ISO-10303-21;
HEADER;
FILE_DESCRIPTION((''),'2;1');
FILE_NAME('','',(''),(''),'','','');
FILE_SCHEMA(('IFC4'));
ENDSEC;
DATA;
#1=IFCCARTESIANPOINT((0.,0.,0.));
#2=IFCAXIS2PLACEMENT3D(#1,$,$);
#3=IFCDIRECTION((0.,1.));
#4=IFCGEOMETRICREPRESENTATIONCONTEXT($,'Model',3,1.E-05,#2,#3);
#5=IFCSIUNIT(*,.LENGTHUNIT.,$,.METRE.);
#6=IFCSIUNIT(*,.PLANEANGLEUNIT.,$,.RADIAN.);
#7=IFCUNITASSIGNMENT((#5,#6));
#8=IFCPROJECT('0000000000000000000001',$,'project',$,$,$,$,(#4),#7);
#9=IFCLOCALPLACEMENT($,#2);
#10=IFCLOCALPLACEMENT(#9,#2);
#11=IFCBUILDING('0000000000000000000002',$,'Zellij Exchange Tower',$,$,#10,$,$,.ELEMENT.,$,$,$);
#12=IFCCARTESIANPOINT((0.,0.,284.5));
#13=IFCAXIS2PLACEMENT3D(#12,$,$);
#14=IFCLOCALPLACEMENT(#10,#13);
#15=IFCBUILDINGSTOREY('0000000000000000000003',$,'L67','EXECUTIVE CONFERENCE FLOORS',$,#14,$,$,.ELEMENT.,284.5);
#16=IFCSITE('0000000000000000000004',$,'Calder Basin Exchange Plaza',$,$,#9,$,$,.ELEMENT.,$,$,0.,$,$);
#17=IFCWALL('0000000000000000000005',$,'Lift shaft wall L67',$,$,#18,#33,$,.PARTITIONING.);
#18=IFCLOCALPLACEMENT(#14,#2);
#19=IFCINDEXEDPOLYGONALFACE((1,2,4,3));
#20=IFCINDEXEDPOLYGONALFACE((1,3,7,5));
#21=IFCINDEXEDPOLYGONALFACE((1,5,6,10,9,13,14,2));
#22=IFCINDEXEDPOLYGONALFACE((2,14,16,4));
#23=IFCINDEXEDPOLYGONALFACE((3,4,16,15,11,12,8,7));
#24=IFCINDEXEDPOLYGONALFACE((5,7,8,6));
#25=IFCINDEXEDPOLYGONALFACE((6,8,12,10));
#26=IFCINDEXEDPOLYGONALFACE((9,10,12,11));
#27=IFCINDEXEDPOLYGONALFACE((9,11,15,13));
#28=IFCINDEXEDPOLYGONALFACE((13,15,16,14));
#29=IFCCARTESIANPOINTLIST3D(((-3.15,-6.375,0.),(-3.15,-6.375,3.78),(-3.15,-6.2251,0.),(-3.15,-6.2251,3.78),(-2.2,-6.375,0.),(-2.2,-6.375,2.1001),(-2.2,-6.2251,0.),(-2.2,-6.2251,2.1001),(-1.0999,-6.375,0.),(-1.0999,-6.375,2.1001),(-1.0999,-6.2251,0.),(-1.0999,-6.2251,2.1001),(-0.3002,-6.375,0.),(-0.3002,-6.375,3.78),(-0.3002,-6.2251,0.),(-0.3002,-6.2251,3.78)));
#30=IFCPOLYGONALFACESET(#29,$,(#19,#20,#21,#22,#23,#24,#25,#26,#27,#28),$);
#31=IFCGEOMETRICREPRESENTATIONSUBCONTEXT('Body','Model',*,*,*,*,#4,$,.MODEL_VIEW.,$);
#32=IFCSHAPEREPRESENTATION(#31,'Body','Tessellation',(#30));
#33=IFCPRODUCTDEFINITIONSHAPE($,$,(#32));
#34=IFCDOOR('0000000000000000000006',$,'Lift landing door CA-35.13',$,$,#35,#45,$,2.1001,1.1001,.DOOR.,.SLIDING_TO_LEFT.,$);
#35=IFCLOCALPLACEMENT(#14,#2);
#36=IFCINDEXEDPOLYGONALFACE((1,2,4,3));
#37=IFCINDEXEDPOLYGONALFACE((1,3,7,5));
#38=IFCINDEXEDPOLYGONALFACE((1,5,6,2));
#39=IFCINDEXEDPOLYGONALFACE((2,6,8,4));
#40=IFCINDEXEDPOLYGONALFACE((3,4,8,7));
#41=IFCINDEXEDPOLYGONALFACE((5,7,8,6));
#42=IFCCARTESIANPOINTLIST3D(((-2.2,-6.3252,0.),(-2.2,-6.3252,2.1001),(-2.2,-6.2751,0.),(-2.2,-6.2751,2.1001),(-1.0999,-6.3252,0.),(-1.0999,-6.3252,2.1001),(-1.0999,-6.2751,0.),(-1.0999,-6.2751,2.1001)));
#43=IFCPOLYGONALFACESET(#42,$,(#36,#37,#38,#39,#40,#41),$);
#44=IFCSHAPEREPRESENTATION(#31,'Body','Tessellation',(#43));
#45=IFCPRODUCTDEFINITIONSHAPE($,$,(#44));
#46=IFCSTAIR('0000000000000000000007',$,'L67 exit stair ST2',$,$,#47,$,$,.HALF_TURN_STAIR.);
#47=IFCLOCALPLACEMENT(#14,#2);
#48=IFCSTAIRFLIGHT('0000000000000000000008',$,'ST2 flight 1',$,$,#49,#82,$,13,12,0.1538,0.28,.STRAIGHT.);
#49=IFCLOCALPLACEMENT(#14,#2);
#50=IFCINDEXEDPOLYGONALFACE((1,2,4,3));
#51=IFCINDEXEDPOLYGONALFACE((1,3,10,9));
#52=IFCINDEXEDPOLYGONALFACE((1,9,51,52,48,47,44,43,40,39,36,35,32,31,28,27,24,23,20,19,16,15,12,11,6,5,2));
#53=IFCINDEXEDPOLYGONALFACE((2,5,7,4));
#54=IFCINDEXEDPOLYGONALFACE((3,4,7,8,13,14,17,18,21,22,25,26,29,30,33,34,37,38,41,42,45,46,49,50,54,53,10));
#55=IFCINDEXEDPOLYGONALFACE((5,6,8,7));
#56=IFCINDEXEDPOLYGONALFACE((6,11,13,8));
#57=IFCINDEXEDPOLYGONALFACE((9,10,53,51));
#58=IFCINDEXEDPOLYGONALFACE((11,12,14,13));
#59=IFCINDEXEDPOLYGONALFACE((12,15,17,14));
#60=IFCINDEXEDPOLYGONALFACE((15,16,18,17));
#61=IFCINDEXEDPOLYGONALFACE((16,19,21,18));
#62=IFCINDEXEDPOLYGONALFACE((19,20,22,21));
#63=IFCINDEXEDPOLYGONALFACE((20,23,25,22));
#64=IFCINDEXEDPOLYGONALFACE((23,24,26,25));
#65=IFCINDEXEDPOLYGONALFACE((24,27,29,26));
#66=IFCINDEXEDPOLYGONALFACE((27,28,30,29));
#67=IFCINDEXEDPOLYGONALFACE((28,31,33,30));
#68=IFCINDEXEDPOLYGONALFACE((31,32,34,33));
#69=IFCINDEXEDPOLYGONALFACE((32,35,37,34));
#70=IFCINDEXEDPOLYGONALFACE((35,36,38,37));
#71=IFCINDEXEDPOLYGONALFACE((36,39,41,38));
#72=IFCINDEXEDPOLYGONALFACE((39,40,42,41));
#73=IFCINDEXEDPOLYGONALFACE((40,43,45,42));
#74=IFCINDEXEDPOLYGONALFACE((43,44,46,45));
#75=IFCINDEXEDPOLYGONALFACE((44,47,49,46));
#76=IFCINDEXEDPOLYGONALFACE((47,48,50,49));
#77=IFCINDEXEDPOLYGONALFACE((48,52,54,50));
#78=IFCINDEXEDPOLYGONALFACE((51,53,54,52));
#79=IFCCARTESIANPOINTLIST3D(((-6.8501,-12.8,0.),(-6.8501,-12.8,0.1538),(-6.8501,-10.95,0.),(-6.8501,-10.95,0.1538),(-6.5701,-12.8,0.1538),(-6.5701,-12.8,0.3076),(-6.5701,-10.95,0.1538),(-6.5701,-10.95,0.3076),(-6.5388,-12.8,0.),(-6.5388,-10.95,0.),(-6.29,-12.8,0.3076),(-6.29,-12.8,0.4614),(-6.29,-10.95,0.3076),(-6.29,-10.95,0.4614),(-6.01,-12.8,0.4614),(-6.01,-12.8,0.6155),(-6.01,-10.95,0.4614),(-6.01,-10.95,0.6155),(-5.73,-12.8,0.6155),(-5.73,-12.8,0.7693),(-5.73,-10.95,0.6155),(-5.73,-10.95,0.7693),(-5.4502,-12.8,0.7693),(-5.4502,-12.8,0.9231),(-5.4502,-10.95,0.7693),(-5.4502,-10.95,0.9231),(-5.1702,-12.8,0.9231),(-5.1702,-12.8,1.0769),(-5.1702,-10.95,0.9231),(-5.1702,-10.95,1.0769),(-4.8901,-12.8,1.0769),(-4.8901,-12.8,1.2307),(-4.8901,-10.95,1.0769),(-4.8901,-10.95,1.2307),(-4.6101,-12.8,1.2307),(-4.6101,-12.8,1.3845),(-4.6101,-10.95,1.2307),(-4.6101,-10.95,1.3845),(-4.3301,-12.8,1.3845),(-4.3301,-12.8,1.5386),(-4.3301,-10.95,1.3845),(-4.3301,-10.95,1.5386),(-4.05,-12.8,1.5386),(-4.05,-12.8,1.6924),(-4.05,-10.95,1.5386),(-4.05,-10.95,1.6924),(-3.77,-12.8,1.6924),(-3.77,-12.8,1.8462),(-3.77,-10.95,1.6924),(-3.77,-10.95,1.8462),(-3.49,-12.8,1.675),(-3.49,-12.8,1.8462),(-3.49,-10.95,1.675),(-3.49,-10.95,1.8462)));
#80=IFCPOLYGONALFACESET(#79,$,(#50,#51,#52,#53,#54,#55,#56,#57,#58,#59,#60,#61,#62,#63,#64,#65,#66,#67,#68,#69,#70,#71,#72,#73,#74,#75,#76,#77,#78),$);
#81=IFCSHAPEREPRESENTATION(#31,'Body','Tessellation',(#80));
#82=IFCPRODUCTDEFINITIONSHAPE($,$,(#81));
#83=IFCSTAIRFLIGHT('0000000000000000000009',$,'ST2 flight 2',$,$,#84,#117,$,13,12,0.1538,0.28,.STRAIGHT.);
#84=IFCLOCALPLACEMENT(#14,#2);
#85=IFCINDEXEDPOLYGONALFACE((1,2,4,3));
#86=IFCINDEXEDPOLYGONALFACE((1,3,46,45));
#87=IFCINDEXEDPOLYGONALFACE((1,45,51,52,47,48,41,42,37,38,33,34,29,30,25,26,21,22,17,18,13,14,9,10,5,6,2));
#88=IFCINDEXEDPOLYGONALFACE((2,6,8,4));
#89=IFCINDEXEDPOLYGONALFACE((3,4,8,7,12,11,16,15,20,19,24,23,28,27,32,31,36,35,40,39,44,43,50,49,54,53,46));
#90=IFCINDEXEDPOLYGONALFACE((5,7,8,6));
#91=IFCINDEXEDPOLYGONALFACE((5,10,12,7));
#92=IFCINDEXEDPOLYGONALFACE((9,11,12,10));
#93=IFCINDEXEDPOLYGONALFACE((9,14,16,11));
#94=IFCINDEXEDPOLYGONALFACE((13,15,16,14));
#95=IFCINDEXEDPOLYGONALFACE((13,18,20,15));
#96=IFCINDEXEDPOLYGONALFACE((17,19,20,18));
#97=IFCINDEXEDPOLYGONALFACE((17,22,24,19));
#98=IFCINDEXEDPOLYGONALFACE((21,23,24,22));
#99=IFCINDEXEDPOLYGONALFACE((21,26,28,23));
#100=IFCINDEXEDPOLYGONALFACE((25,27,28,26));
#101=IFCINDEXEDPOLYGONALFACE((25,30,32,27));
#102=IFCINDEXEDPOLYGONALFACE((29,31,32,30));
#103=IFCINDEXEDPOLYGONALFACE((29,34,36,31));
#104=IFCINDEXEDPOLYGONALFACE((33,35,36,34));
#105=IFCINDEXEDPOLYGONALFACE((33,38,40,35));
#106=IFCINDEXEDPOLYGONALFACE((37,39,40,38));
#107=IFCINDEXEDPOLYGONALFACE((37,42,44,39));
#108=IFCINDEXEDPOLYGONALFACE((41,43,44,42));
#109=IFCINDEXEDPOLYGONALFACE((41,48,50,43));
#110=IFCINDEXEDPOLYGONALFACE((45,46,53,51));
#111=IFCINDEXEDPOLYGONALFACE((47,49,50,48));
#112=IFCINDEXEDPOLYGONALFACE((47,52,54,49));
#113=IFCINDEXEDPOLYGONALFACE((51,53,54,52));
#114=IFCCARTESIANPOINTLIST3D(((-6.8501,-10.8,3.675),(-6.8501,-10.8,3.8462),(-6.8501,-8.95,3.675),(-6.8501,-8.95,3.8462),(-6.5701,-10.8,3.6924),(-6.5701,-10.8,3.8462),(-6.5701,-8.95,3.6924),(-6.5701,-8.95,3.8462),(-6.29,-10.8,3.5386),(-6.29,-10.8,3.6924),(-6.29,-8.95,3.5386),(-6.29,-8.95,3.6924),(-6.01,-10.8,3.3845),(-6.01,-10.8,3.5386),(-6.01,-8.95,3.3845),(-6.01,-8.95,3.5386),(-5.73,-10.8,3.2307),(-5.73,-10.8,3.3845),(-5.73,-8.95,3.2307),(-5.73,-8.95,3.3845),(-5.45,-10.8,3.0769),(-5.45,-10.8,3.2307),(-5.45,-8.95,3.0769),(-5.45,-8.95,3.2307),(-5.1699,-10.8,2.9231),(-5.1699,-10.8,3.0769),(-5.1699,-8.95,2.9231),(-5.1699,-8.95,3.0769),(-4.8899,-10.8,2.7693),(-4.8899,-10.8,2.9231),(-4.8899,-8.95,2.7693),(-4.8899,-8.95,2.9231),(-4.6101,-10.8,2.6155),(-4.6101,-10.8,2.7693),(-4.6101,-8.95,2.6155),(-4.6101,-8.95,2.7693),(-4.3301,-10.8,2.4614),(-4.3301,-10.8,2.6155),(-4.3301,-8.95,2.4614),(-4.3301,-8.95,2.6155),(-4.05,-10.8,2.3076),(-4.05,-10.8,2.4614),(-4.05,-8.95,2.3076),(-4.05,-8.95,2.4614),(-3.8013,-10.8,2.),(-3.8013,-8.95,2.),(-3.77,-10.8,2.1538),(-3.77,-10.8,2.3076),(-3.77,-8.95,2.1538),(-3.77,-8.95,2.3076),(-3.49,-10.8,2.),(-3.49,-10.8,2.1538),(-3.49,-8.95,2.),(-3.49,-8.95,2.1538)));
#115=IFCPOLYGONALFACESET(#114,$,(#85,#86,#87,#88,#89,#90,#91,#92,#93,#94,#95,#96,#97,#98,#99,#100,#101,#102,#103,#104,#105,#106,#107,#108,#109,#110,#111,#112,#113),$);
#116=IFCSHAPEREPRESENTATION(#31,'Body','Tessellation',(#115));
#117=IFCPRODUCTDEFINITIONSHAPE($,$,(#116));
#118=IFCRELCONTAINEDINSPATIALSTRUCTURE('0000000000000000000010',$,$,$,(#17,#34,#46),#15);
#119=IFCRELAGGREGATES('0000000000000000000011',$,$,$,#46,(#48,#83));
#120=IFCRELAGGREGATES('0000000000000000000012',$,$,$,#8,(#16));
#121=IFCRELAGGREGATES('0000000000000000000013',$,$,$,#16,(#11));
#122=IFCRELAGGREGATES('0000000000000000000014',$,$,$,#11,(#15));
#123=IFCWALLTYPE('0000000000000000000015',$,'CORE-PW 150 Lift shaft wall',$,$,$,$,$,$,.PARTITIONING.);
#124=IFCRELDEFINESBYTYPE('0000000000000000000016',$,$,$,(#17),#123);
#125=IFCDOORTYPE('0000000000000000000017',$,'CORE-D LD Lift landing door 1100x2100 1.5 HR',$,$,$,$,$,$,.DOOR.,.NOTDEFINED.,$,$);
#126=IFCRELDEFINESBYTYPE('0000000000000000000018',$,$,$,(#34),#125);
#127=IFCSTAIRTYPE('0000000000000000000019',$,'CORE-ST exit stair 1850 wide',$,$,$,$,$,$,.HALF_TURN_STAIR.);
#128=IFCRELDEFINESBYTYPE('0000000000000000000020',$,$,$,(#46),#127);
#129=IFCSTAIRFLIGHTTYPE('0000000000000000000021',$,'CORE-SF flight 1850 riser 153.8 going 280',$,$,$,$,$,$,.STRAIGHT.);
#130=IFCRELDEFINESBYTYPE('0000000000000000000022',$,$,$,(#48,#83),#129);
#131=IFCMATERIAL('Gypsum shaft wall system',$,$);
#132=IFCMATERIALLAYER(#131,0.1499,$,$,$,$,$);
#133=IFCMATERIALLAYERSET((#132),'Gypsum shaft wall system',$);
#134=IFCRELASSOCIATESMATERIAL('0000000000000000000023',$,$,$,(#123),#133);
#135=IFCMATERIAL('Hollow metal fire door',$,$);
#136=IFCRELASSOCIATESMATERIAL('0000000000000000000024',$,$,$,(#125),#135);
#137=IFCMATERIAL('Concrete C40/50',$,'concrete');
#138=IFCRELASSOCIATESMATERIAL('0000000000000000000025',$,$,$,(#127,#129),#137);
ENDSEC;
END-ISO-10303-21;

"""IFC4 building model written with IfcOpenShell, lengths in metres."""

from ifc_helpers import new_model, si_unit, direction, frame, frame_2d, origin, place, context, subcontext, project, spatial, polyline, rectangle, outline, extrude, material, layer, layer_set, type_object, element, fill, aggregate, save


model = new_model("IFC4")

# Units and contexts
model_context = context("Model", 3, precision=1e-05, world=origin(), true_north=direction((0.0, 1.0)))
body_context = subcontext(model_context, "Body", "Model", "MODEL_VIEW")
ifc_project = project(units=[si_unit("LENGTHUNIT", "METRE"), si_unit("PLANEANGLEUNIT", "RADIAN")], contexts=[model_context])

# Site, building, storey
site_placement = place(None, origin())
site = spatial("IfcSite", under=ifc_project, at=site_placement, Name="Calder Basin Exchange Plaza", CompositionType="ELEMENT", RefElevation=0.0)
building_placement = place(site_placement, origin())
building = spatial("IfcBuilding", under=site, at=building_placement, Name="Zellij Exchange Tower", CompositionType="ELEMENT")
storey_placement = place(building_placement, frame((0.0, 0.0, 284.5)))
storey = spatial("IfcBuildingStorey", under=building, at=storey_placement, Name="L67", Description="EXECUTIVE CONFERENCE FLOORS", CompositionType="ELEMENT", Elevation=284.5)

# Shared definitions
ifc_material_1 = material(Name="Concrete C40/50", Category="concrete")

# Shared definitions
ifc_material_2 = material(Name="Gypsum shaft wall system")
ifc_material_3 = material(Name="Hollow metal fire door")

# Shared definitions
ifc_layer_1 = layer(ifc_material_2, 0.1499)
ifc_layer_set_1 = layer_set([ifc_layer_1], Name="Gypsum shaft wall system")
wall_type_1 = type_object("IfcWallType", Name="CORE-PW 150 Lift shaft wall", PredefinedType="PARTITIONING", material=ifc_layer_set_1)

# Wall, opening, door
wall_1_placement = place(storey_placement, frame((-3.1499, -6.3, 0.0), z_axis=(0.0, 0.0, 1.0), x_axis=(1.0, 0.0, 0.0)))
wall_1 = element("IfcWall", 1, at=wall_1_placement, inside=storey, type_object=wall_type_1, Name="Lift shaft wall L67", PredefinedType="PARTITIONING", context=body_context, shape_type="SweptSolid", body=[
    extrude(rectangle(XDim=2.8499, YDim=0.1499, at=frame_2d((1.4248, 0.0))), origin(), (0.0, 0.0, 1.0), 3.78),
])
opening_1_placement = place(wall_1_placement, frame((0.95, 0.0, 0.0)))
opening_1 = element("IfcOpeningElement", 2, at=opening_1_placement, cuts=wall_1, PredefinedType="OPENING", context=body_context, shape_type="SweptSolid", body=[
    extrude(rectangle(XDim=1.1001, YDim=2.1001, at=frame_2d((0.55, 1.05))), frame((0.0, 0.0869, 0.0), z_axis=(0.0, -1.0, 0.0), x_axis=(1.0, 0.0, 0.0)), (0.0, 0.0, 1.0), 0.1738),
])
door_type_1 = type_object("IfcDoorType", Name="CORE-D LD Lift landing door 1100x2100 1.5 HR", OperationType="NOTDEFINED", PredefinedType="DOOR", material=ifc_material_3)
door_1_placement = place(opening_1_placement, origin())
door_1 = element("IfcDoor", 3, at=door_1_placement, inside=storey, type_object=door_type_1, Name="Lift landing door CA-35.13", OperationType="SLIDING_TO_LEFT", OverallHeight=2.1001, OverallWidth=1.1001, PredefinedType="DOOR", context=body_context, shape_type="SweptSolid", body=[
    extrude(rectangle(XDim=1.1001, YDim=2.1001, at=frame_2d((0.55, 1.05))), frame((0.0, 0.0249, 0.0), z_axis=(0.0, -1.0, 0.0), x_axis=(1.0, 0.0, 0.0)), (0.0, 0.0, 1.0), 0.05),
])
fill(opening_1, door_1)

# Stair, stair flights
stair_type = type_object("IfcStairType", Name="CORE-ST exit stair 1850 wide", PredefinedType="HALF_TURN_STAIR", material=ifc_material_1)
stair_placement = place(storey_placement, origin())
stair = element("IfcStair", 4, at=stair_placement, inside=storey, type_object=stair_type, Name="L67 exit stair ST2", PredefinedType="HALF_TURN_STAIR")
stair_flight_type = type_object("IfcStairFlightType", Name="CORE-SF flight 1850 riser 153.8 going 280", PredefinedType="STRAIGHT", material=ifc_material_1)
stair_flight_1_placement = place(storey_placement, frame((-6.8501, -11.875, 0.0), z_axis=(0.0, 0.0, 1.0), x_axis=(1.0, 0.0, 0.0)))
stair_flight_1 = element("IfcStairFlight", 5, at=stair_flight_1_placement, type_object=stair_flight_type, Name="ST2 flight 1", NumberOfRisers=13, NumberOfTreads=12, PredefinedType="STRAIGHT", RiserHeight=0.1538, TreadLength=0.28, context=body_context, shape_type="SweptSolid", body=[
    extrude(outline(polyline([(0.0, 0.0), (0.0, 0.1538), (0.28, 0.1538), (0.28, 0.3076), (0.5601, 0.3076), (0.5601, 0.4614), (0.8401, 0.4614), (0.8401, 0.6155), (1.1201, 0.6155), (1.1201, 0.7693), (1.3999, 0.7693), (1.3999, 0.9231), (1.6799, 0.9231), (1.6799, 1.0769), (1.96, 1.0769), (1.96, 1.2307), (2.24, 1.2307), (2.24, 1.3845), (2.52, 1.3845), (2.52, 1.5386), (2.8, 1.5386), (2.8, 1.6924), (3.0801, 1.6924), (3.0801, 1.8462), (3.3601, 1.8462), (3.3601, 2.0), (3.3601, 1.675), (0.3113, 0.0), (0.0, 0.0)])), frame((0.0, 0.925, 0.0), z_axis=(0.0, -1.0, 0.0), x_axis=(1.0, 0.0, 0.0)), (0.0, 0.0, 1.0), 1.8501),
])
stair_flight_2_placement = place(storey_placement, frame((-3.49, -9.875, 2.0), z_axis=(0.0, 0.0, 1.0), x_axis=(-1.0, 0.0, 0.0)))
stair_flight_2 = element("IfcStairFlight", 6, at=stair_flight_2_placement, type_object=stair_flight_type, Name="ST2 flight 2", NumberOfRisers=13, NumberOfTreads=12, PredefinedType="STRAIGHT", RiserHeight=0.1538, TreadLength=0.28, context=body_context, shape_type="SweptSolid", body=[
    extrude(outline(polyline([(0.0, 0.0), (0.0, 0.1538), (0.28, 0.1538), (0.28, 0.3076), (0.5601, 0.3076), (0.5601, 0.4614), (0.8401, 0.4614), (0.8401, 0.6155), (1.1201, 0.6155), (1.1201, 0.7693), (1.3999, 0.7693), (1.3999, 0.9231), (1.6799, 0.9231), (1.6799, 1.0769), (1.96, 1.0769), (1.96, 1.2307), (2.24, 1.2307), (2.24, 1.3845), (2.52, 1.3845), (2.52, 1.5386), (2.8, 1.5386), (2.8, 1.6924), (3.0801, 1.6924), (3.0801, 1.8462), (3.3601, 1.8462), (3.3601, 2.0), (3.3601, 1.675), (0.3113, 0.0), (0.0, 0.0)])), frame((0.0, 0.925, 0.0), z_axis=(0.0, -1.0, 0.0), x_axis=(1.0, 0.0, 0.0)), (0.0, 0.0, 1.0), 1.8501),
])
aggregate(stair, [stair_flight_1, stair_flight_2])

save(model, "model.ifc")
